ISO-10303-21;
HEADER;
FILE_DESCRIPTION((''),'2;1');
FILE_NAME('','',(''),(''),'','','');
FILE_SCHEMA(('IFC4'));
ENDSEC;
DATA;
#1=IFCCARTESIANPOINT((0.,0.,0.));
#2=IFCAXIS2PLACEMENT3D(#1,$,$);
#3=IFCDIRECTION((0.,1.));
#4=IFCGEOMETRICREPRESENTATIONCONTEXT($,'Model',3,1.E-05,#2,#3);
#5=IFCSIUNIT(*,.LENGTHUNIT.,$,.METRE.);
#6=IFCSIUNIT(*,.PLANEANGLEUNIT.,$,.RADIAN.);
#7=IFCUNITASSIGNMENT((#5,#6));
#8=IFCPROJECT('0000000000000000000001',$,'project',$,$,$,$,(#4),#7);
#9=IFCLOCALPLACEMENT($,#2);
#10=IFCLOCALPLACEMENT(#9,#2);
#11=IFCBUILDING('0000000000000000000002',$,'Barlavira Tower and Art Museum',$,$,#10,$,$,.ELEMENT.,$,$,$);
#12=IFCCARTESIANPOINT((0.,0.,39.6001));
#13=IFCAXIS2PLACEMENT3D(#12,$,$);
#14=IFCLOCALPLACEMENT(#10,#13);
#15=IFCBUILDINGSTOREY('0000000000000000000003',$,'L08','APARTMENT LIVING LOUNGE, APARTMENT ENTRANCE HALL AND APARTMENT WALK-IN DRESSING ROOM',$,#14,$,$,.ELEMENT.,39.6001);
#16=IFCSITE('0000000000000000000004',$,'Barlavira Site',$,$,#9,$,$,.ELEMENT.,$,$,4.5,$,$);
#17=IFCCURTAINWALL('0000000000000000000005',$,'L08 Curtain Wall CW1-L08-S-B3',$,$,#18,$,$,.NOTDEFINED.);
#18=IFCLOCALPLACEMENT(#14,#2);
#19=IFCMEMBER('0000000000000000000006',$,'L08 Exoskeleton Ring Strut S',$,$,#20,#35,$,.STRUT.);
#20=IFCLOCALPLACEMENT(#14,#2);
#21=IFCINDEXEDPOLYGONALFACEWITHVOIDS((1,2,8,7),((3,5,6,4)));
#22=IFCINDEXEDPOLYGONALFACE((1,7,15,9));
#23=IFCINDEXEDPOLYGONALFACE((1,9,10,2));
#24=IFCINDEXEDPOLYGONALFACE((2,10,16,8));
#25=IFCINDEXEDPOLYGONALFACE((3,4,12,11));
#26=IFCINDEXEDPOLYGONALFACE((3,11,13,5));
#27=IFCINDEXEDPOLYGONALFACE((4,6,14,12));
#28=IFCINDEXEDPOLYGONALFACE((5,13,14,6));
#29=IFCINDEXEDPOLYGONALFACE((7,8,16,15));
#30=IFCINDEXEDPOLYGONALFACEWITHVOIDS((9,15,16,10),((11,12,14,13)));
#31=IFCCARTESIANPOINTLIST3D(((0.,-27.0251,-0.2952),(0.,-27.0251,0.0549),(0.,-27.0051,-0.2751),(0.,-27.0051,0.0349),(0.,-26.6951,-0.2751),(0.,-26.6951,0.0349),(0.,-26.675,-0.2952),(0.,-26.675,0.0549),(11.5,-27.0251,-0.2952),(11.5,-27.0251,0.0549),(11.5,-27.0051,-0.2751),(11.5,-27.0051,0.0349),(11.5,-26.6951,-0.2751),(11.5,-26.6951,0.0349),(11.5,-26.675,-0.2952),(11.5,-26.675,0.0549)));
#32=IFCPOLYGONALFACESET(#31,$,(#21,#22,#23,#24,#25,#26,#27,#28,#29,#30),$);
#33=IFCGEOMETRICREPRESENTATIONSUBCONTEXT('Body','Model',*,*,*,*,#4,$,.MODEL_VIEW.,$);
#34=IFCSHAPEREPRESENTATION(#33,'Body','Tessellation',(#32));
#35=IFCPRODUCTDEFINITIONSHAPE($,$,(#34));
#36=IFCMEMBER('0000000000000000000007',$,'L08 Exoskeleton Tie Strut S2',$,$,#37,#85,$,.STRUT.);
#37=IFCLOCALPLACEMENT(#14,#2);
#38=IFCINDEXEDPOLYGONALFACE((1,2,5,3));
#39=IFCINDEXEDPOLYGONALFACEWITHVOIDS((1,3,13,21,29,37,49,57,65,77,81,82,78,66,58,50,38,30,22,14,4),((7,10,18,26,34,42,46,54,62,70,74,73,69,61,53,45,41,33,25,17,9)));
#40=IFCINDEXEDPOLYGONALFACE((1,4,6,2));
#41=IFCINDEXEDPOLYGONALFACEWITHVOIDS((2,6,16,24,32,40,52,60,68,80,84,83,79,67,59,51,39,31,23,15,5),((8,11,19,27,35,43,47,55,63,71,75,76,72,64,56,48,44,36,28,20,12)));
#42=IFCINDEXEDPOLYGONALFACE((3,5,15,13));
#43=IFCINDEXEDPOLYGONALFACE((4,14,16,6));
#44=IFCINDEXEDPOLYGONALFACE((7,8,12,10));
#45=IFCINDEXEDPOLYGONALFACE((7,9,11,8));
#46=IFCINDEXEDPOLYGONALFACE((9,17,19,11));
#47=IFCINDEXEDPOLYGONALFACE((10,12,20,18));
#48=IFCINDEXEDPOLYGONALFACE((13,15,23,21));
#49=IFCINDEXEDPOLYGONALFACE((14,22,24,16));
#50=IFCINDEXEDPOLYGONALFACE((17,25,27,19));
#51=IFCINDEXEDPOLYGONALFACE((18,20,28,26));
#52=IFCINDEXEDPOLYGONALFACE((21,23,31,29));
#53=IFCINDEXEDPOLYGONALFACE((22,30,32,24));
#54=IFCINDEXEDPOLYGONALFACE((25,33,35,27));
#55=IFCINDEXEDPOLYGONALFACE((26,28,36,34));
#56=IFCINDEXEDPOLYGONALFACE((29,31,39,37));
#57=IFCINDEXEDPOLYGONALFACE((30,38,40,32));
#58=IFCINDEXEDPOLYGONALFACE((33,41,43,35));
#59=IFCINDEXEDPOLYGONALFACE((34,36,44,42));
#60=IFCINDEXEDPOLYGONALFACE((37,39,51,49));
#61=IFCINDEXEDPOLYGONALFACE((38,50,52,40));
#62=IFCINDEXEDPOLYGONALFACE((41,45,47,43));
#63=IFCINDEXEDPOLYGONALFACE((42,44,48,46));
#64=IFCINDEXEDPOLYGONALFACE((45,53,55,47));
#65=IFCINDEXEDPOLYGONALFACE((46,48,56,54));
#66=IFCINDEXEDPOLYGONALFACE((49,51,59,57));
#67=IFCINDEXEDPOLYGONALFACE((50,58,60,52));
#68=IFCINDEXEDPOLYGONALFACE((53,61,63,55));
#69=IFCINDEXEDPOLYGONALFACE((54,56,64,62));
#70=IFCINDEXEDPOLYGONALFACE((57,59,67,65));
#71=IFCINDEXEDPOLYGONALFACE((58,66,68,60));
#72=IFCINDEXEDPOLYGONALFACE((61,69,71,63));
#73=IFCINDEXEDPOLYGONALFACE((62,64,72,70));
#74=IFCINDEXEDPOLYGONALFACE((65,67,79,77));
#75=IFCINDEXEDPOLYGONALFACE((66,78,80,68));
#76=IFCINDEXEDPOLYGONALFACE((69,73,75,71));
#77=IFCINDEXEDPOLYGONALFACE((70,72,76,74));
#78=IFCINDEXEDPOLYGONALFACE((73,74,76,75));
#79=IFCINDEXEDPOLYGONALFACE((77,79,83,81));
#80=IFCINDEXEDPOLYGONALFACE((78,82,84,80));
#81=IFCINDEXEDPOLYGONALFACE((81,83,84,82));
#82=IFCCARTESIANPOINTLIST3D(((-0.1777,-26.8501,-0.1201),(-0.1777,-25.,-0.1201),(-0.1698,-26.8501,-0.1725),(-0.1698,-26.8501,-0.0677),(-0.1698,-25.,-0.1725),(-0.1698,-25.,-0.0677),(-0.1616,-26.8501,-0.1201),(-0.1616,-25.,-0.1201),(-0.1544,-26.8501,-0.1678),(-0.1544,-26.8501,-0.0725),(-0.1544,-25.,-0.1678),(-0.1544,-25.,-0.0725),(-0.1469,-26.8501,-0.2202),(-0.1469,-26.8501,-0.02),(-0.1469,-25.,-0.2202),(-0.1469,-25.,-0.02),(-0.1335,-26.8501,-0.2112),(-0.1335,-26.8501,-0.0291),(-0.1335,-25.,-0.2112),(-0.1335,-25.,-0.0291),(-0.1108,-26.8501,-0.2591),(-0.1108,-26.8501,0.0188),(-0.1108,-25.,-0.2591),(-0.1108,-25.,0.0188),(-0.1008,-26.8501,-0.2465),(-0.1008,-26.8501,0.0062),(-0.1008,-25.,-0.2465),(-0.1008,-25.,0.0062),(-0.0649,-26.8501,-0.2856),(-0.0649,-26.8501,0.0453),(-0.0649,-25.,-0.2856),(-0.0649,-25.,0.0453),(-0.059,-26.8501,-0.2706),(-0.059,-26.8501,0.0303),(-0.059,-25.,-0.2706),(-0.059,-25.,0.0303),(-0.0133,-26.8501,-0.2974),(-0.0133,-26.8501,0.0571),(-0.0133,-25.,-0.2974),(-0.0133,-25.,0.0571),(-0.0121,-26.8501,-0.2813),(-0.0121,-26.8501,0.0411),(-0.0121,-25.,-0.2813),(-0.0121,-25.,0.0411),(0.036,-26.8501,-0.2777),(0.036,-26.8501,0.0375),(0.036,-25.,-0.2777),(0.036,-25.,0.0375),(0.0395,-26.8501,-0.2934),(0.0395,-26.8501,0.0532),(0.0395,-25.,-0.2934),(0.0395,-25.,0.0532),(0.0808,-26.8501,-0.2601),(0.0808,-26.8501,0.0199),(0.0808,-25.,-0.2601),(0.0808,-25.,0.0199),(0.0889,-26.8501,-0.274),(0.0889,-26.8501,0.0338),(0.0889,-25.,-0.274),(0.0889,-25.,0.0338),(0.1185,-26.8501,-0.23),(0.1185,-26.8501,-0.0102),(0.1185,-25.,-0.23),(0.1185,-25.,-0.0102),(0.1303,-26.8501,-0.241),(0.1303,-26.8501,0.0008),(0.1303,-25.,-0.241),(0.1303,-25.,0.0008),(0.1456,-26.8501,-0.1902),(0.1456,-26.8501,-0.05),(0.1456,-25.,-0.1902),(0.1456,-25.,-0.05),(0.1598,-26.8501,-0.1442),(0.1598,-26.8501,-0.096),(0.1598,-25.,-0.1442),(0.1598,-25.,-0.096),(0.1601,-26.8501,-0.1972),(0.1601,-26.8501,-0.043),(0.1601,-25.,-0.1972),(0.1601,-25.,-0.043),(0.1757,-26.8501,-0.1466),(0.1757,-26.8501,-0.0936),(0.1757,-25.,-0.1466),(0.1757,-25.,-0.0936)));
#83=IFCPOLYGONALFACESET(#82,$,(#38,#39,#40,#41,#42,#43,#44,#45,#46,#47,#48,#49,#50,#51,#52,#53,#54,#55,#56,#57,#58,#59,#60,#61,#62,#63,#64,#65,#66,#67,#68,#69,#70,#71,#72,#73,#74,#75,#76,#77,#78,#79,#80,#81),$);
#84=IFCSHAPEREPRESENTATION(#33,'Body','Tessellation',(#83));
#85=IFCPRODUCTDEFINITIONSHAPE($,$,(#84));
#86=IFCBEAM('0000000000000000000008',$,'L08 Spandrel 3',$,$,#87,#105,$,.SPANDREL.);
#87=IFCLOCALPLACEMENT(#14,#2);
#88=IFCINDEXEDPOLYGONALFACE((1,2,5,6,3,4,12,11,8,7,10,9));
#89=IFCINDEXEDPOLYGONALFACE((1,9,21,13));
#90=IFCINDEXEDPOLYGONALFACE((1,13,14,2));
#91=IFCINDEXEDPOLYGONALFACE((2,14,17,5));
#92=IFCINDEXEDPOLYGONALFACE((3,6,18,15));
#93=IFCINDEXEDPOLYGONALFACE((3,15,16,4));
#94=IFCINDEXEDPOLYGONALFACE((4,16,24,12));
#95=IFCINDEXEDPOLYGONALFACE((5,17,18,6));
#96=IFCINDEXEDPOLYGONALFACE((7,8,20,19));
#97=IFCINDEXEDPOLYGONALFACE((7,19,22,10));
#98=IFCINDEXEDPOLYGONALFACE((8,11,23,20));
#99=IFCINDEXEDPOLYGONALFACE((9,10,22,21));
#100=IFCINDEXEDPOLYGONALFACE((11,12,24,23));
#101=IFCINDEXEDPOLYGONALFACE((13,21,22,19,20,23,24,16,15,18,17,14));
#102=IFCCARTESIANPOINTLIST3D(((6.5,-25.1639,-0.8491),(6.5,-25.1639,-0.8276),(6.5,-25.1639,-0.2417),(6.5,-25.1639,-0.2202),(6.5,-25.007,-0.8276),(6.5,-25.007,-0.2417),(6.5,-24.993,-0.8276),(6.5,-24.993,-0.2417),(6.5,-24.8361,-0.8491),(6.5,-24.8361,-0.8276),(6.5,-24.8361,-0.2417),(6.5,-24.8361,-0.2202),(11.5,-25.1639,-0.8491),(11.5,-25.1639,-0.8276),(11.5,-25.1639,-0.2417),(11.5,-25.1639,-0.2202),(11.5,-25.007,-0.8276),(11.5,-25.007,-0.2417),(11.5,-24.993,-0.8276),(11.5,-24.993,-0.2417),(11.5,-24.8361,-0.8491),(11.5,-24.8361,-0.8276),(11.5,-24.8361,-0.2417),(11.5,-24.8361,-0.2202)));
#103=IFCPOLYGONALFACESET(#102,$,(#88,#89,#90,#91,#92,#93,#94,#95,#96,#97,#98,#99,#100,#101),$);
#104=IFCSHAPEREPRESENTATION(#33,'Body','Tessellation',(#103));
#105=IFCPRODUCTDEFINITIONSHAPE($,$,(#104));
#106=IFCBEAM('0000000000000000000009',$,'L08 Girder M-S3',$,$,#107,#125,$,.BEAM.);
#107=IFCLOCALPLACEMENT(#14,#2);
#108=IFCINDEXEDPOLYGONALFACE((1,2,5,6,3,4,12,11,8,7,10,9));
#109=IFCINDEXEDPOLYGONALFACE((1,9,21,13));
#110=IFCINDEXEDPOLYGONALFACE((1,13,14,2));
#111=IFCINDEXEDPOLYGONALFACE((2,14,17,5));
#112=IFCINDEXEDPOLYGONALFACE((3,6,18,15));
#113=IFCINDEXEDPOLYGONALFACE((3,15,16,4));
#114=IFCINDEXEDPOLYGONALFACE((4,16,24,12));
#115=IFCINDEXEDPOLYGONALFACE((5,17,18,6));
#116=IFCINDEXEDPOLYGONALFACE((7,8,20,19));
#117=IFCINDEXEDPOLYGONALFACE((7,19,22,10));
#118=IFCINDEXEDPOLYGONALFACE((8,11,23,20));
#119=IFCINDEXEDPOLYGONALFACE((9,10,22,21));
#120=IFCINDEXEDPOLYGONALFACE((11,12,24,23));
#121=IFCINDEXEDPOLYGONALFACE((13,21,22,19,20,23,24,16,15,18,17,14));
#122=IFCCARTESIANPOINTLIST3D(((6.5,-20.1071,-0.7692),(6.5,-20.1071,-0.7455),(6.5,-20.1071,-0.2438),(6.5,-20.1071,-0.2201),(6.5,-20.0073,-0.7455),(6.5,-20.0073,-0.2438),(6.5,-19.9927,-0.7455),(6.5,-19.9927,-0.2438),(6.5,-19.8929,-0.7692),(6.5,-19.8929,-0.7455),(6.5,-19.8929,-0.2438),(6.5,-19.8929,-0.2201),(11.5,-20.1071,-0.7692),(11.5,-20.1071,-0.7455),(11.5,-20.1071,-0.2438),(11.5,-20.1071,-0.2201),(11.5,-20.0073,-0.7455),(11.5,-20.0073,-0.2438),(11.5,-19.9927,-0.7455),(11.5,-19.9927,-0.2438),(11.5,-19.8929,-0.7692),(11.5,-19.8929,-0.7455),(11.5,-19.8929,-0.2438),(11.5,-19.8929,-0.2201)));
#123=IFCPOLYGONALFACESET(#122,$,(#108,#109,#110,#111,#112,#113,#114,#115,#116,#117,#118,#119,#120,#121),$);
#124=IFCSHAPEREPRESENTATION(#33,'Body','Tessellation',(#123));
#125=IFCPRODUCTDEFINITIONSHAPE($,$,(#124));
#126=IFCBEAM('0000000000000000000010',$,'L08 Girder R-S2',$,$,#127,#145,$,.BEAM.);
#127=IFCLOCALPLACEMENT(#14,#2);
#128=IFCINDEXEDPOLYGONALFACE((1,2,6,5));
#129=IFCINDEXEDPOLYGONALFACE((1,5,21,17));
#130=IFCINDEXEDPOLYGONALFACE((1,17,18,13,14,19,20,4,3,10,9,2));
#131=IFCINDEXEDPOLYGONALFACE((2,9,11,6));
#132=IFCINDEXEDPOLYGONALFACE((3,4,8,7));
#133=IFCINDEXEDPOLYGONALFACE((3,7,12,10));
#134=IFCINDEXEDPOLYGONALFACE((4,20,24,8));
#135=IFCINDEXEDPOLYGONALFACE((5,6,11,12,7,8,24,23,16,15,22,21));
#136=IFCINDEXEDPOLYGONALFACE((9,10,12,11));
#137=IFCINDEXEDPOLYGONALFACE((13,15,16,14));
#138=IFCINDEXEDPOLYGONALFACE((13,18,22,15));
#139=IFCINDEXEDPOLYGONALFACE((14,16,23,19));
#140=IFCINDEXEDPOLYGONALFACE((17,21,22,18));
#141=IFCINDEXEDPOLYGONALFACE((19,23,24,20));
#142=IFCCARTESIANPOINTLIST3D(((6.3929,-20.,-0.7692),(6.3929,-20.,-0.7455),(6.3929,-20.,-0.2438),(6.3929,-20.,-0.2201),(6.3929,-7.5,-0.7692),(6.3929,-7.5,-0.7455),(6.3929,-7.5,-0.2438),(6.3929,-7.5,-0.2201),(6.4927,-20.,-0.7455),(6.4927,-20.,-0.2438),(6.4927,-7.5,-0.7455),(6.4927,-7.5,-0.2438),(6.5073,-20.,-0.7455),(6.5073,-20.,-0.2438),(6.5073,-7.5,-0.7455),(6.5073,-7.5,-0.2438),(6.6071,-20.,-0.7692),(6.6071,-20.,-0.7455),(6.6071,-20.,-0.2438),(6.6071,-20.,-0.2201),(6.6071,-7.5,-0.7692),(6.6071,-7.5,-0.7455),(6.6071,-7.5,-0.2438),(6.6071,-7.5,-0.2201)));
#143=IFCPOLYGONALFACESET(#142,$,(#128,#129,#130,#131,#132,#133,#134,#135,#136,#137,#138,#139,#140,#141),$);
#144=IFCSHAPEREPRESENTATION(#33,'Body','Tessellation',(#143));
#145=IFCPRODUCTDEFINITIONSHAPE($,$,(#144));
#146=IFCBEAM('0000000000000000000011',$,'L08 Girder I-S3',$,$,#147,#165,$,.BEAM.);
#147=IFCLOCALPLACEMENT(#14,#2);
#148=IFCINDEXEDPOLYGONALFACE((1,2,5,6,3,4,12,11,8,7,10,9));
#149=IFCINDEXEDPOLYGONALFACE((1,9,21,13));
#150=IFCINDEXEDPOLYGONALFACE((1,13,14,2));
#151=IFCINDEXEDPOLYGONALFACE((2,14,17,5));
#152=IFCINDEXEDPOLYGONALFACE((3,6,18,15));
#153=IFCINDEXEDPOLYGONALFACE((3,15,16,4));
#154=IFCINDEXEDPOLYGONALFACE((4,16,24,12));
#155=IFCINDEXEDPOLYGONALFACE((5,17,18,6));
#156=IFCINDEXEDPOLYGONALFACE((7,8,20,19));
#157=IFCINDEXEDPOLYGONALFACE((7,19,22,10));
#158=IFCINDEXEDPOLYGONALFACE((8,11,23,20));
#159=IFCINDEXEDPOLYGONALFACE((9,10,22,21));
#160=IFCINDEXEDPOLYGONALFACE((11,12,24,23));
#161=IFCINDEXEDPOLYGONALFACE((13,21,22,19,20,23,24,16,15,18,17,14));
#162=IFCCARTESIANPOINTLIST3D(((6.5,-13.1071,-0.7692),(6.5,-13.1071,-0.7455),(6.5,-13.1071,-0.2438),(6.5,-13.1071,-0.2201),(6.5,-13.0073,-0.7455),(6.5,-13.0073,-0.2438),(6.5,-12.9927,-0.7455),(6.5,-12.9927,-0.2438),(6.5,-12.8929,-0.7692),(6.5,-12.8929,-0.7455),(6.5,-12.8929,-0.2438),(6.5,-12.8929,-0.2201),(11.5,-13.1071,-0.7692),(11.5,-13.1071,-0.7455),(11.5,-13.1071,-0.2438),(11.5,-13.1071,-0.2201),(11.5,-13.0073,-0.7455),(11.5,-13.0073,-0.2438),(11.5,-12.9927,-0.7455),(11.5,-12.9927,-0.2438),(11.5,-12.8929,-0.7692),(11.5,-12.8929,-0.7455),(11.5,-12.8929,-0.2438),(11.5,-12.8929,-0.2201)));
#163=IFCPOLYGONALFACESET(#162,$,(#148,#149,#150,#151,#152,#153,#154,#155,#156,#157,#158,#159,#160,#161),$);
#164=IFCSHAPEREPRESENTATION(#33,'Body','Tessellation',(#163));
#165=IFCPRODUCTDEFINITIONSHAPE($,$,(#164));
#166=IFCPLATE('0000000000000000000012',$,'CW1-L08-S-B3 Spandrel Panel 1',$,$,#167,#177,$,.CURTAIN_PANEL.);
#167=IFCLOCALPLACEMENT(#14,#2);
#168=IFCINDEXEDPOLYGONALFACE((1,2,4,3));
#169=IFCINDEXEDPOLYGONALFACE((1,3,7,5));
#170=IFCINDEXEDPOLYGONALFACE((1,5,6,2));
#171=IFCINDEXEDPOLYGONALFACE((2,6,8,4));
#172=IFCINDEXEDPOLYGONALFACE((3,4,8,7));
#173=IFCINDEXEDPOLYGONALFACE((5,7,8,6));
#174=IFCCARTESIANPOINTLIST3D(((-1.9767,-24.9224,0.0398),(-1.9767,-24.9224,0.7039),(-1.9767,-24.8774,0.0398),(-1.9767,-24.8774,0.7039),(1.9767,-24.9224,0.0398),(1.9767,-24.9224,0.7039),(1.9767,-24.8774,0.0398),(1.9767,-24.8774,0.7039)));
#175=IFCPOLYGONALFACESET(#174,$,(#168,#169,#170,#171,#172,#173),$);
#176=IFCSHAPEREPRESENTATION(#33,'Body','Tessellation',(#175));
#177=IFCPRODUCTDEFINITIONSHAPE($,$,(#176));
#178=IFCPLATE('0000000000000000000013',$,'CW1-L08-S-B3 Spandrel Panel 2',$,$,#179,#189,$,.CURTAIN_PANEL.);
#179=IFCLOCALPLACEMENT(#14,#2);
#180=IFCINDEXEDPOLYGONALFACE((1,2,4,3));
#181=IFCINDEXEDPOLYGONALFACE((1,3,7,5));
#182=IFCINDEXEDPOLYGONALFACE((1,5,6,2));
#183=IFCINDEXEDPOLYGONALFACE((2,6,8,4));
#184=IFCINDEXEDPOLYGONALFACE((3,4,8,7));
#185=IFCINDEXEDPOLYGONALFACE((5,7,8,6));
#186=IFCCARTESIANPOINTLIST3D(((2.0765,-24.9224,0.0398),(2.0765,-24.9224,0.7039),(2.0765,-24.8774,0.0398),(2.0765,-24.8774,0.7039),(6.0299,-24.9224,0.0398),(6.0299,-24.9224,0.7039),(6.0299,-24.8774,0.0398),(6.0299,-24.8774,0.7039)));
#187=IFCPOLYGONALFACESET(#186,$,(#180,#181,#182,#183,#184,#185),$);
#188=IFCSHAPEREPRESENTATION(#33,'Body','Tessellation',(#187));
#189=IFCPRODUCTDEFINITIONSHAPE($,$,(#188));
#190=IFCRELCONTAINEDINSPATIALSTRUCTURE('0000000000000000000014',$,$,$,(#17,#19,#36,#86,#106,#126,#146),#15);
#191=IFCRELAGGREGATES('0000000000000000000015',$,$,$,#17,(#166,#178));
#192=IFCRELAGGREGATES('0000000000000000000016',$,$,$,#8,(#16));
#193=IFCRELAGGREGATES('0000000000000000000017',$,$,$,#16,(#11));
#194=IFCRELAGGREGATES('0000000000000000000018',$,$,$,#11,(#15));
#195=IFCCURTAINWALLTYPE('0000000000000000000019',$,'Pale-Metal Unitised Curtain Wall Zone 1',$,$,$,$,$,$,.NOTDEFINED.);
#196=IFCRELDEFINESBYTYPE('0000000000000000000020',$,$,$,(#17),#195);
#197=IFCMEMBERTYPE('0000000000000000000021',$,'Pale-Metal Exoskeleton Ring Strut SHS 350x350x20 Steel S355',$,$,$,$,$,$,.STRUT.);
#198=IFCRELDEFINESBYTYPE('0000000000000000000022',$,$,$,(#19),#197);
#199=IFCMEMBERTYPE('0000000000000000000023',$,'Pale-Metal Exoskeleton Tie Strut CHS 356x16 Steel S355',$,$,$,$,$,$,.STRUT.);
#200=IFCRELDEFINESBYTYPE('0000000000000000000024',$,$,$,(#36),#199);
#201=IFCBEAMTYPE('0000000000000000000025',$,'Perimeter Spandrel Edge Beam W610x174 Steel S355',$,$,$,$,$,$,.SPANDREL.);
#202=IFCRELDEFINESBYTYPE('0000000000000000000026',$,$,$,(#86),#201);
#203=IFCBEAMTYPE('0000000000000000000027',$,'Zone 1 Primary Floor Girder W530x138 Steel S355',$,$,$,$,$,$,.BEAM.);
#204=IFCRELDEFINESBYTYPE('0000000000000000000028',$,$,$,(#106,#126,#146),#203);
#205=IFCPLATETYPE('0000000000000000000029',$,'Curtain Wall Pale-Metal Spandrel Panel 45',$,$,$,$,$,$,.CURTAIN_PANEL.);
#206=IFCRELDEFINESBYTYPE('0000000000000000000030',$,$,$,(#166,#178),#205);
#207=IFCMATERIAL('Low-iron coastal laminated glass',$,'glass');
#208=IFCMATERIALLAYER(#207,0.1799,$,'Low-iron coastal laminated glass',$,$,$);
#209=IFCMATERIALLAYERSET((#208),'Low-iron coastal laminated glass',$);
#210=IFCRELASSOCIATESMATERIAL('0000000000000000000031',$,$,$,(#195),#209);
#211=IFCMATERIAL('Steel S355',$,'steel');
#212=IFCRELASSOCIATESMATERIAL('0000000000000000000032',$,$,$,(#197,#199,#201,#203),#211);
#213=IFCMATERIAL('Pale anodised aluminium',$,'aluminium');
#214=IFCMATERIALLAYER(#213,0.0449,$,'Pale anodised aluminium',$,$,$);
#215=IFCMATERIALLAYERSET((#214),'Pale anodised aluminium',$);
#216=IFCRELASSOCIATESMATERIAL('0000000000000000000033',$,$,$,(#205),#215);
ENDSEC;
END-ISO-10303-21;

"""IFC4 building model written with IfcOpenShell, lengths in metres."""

from ifc_helpers import new_model, si_unit, direction, frame, origin, origin_2d, place, context, subcontext, project, spatial, rectangle, hollow_rectangle, hollow_circle, i_section, extrude, material, layer, layer_set, material_profile, profile_set, type_object, element, aggregate, save


model = new_model("IFC4")

# Units and contexts
model_context = context("Model", 3, precision=1e-05, world=origin(), true_north=direction((0.0, 1.0)))
body_context = subcontext(model_context, "Body", "Model", "MODEL_VIEW")
ifc_project = project(units=[si_unit("LENGTHUNIT", "METRE"), si_unit("PLANEANGLEUNIT", "RADIAN")], contexts=[model_context])

# Site, building, storey
site_placement = place(None, origin())
site = spatial("IfcSite", under=ifc_project, at=site_placement, Name="Barlavira Site", CompositionType="ELEMENT", RefElevation=4.5)
building_placement = place(site_placement, origin())
building = spatial("IfcBuilding", under=site, at=building_placement, Name="Barlavira Tower and Art Museum", CompositionType="ELEMENT")
storey_placement = place(building_placement, frame((0.0, 0.0, 39.6001)))
storey = spatial("IfcBuildingStorey", under=building, at=storey_placement, Name="L08", Description="APARTMENT LIVING LOUNGE, APARTMENT ENTRANCE HALL AND APARTMENT WALK-IN DRESSING ROOM", CompositionType="ELEMENT", Elevation=39.6001)

# Curtain wall
ifc_material_1 = material(Name="Low-iron coastal laminated glass", Category="glass")
ifc_layer_1 = layer(ifc_material_1, 0.1799, Name="Low-iron coastal laminated glass")
ifc_layer_set_1 = layer_set([ifc_layer_1], Name="Low-iron coastal laminated glass")
curtain_wall_type = type_object("IfcCurtainWallType", Name="Pale-Metal Unitised Curtain Wall Zone 1", PredefinedType="NOTDEFINED", material=ifc_layer_set_1)
curtain_wall_placement = place(storey_placement, origin())
curtain_wall = element("IfcCurtainWall", 1, at=curtain_wall_placement, inside=storey, type_object=curtain_wall_type, Name="L08 Curtain Wall CW1-L08-S-B3", PredefinedType="NOTDEFINED")
ifc_material_2 = material(Name="Pale anodised aluminium", Category="aluminium")

# Members
ifc_material_3 = material(Name="Steel S355", Category="steel")
ifc_material_profile_1 = material_profile(ifc_material_3, hollow_rectangle(XDim=0.3501, YDim=0.3501, WallThickness=0.02, at=origin_2d()), Name="SHS 350x350x20.0")
ifc_profile_set_1 = profile_set([ifc_material_profile_1], Name="Steel S355")
member_type_1 = type_object("IfcMemberType", Name="Pale-Metal Exoskeleton Ring Strut SHS 350x350x20 Steel S355", PredefinedType="STRUT", material=ifc_profile_set_1)
member_1_placement = place(storey_placement, frame((0.0, -26.8501, -0.1201), z_axis=(1.0, 0.0, 0.0), x_axis=(0.0, 1.0, 0.0)))
element("IfcMember", 2, at=member_1_placement, inside=storey, type_object=member_type_1, Name="L08 Exoskeleton Ring Strut S", PredefinedType="STRUT", context=body_context, shape_type="SweptSolid", body=[
    extrude(hollow_rectangle(XDim=0.3501, YDim=0.3501, WallThickness=0.02, at=origin_2d()), origin(), (0.0, 0.0, 1.0), 11.5),
])
ifc_material_profile_2 = material_profile(ifc_material_3, hollow_circle(Radius=0.1777, WallThickness=0.0161, at=origin_2d()), Name="CHS 355.6x16.0")
ifc_profile_set_2 = profile_set([ifc_material_profile_2], Name="Steel S355")
member_type_2 = type_object("IfcMemberType", Name="Pale-Metal Exoskeleton Tie Strut CHS 356x16 Steel S355", PredefinedType="STRUT", material=ifc_profile_set_2)
member_2_placement = place(storey_placement, frame((0.0, -26.8501, -0.1201), z_axis=(0.0, 1.0, 0.0), x_axis=(-1.0, 0.0, 0.0)))
element("IfcMember", 3, at=member_2_placement, inside=storey, type_object=member_type_2, Name="L08 Exoskeleton Tie Strut S2", PredefinedType="STRUT", context=body_context, shape_type="SweptSolid", body=[
    extrude(hollow_circle(Radius=0.1777, WallThickness=0.0161, at=origin_2d()), origin(), (0.0, 0.0, 1.0), 1.8501),
])

# Beams
ifc_material_profile_3 = material_profile(ifc_material_3, i_section(OverallWidth=0.3279, OverallDepth=0.6289, WebThickness=0.0139, FlangeThickness=0.0215, at=origin_2d()), Name="W610x174.0")
ifc_profile_set_3 = profile_set([ifc_material_profile_3], Name="Steel S355")
beam_type_1 = type_object("IfcBeamType", Name="Perimeter Spandrel Edge Beam W610x174 Steel S355", PredefinedType="SPANDREL", material=ifc_profile_set_3)
beam_1_placement = place(storey_placement, frame((6.5, -25.0, -0.5347), z_axis=(1.0, 0.0, 0.0), x_axis=(0.0, 1.0, 0.0)))
element("IfcBeam", 4, at=beam_1_placement, inside=storey, type_object=beam_type_1, Name="L08 Spandrel 3", PredefinedType="SPANDREL", context=body_context, shape_type="SweptSolid", body=[
    extrude(i_section(OverallWidth=0.3279, OverallDepth=0.6289, WebThickness=0.0139, FlangeThickness=0.0215, at=origin_2d()), origin(), (0.0, 0.0, 1.0), 5.0),
])
ifc_material_profile_4 = material_profile(ifc_material_3, i_section(OverallWidth=0.2141, OverallDepth=0.5491, WebThickness=0.0146, FlangeThickness=0.0237, at=origin_2d()), Name="W530x138.0")
ifc_profile_set_4 = profile_set([ifc_material_profile_4], Name="Steel S355")
beam_type_2 = type_object("IfcBeamType", Name="Zone 1 Primary Floor Girder W530x138 Steel S355", PredefinedType="BEAM", material=ifc_profile_set_4)
beam_2_placement = place(storey_placement, frame((6.5, -20.0, -0.4946), z_axis=(1.0, 0.0, 0.0), x_axis=(0.0, 1.0, 0.0)))
element("IfcBeam", 5, at=beam_2_placement, inside=storey, type_object=beam_type_2, Name="L08 Girder M-S3", PredefinedType="BEAM", context=body_context, shape_type="SweptSolid", body=[
    extrude(i_section(OverallWidth=0.2141, OverallDepth=0.5491, WebThickness=0.0146, FlangeThickness=0.0237, at=origin_2d()), origin(), (0.0, 0.0, 1.0), 5.0),
])
beam_3_placement = place(storey_placement, frame((6.5, -20.0, -0.4946), z_axis=(0.0, 1.0, 0.0), x_axis=(-1.0, 0.0, 0.0)))
element("IfcBeam", 6, at=beam_3_placement, inside=storey, type_object=beam_type_2, Name="L08 Girder R-S2", PredefinedType="BEAM", context=body_context, shape_type="SweptSolid", body=[
    extrude(i_section(OverallWidth=0.2141, OverallDepth=0.5491, WebThickness=0.0146, FlangeThickness=0.0237, at=origin_2d()), origin(), (0.0, 0.0, 1.0), 12.5),
])
beam_4_placement = place(storey_placement, frame((6.5, -13.0, -0.4946), z_axis=(1.0, 0.0, 0.0), x_axis=(0.0, 1.0, 0.0)))
element("IfcBeam", 7, at=beam_4_placement, inside=storey, type_object=beam_type_2, Name="L08 Girder I-S3", PredefinedType="BEAM", context=body_context, shape_type="SweptSolid", body=[
    extrude(i_section(OverallWidth=0.2141, OverallDepth=0.5491, WebThickness=0.0146, FlangeThickness=0.0237, at=origin_2d()), origin(), (0.0, 0.0, 1.0), 5.0),
])

# Plates
ifc_layer_2 = layer(ifc_material_2, 0.0449, Name="Pale anodised aluminium")
ifc_layer_set_2 = layer_set([ifc_layer_2], Name="Pale anodised aluminium")
plate_type_1 = type_object("IfcPlateType", Name="Curtain Wall Pale-Metal Spandrel Panel 45", PredefinedType="CURTAIN_PANEL", material=ifc_layer_set_2)
plate_1_placement = place(storey_placement, frame((0.0, -24.8999, 0.0398), z_axis=(0.0, 0.0, 1.0), x_axis=(1.0, 0.0, 0.0)))
plate_1 = element("IfcPlate", 8, at=plate_1_placement, type_object=plate_type_1, Name="CW1-L08-S-B3 Spandrel Panel 1", PredefinedType="CURTAIN_PANEL", context=body_context, shape_type="SweptSolid", body=[
    extrude(rectangle(XDim=3.9534, YDim=0.0449, at=origin_2d()), origin(), (0.0, 0.0, 1.0), 0.6641),
])
plate_2_placement = place(storey_placement, frame((4.0532, -24.8999, 0.0398), z_axis=(0.0, 0.0, 1.0), x_axis=(1.0, 0.0, 0.0)))
plate_2 = element("IfcPlate", 9, at=plate_2_placement, type_object=plate_type_1, Name="CW1-L08-S-B3 Spandrel Panel 2", PredefinedType="CURTAIN_PANEL", context=body_context, shape_type="SweptSolid", body=[
    extrude(rectangle(XDim=3.9534, YDim=0.0449, at=origin_2d()), origin(), (0.0, 0.0, 1.0), 0.6641),
])
aggregate(curtain_wall, [plate_1, plate_2])

save(model, "model.ifc")
